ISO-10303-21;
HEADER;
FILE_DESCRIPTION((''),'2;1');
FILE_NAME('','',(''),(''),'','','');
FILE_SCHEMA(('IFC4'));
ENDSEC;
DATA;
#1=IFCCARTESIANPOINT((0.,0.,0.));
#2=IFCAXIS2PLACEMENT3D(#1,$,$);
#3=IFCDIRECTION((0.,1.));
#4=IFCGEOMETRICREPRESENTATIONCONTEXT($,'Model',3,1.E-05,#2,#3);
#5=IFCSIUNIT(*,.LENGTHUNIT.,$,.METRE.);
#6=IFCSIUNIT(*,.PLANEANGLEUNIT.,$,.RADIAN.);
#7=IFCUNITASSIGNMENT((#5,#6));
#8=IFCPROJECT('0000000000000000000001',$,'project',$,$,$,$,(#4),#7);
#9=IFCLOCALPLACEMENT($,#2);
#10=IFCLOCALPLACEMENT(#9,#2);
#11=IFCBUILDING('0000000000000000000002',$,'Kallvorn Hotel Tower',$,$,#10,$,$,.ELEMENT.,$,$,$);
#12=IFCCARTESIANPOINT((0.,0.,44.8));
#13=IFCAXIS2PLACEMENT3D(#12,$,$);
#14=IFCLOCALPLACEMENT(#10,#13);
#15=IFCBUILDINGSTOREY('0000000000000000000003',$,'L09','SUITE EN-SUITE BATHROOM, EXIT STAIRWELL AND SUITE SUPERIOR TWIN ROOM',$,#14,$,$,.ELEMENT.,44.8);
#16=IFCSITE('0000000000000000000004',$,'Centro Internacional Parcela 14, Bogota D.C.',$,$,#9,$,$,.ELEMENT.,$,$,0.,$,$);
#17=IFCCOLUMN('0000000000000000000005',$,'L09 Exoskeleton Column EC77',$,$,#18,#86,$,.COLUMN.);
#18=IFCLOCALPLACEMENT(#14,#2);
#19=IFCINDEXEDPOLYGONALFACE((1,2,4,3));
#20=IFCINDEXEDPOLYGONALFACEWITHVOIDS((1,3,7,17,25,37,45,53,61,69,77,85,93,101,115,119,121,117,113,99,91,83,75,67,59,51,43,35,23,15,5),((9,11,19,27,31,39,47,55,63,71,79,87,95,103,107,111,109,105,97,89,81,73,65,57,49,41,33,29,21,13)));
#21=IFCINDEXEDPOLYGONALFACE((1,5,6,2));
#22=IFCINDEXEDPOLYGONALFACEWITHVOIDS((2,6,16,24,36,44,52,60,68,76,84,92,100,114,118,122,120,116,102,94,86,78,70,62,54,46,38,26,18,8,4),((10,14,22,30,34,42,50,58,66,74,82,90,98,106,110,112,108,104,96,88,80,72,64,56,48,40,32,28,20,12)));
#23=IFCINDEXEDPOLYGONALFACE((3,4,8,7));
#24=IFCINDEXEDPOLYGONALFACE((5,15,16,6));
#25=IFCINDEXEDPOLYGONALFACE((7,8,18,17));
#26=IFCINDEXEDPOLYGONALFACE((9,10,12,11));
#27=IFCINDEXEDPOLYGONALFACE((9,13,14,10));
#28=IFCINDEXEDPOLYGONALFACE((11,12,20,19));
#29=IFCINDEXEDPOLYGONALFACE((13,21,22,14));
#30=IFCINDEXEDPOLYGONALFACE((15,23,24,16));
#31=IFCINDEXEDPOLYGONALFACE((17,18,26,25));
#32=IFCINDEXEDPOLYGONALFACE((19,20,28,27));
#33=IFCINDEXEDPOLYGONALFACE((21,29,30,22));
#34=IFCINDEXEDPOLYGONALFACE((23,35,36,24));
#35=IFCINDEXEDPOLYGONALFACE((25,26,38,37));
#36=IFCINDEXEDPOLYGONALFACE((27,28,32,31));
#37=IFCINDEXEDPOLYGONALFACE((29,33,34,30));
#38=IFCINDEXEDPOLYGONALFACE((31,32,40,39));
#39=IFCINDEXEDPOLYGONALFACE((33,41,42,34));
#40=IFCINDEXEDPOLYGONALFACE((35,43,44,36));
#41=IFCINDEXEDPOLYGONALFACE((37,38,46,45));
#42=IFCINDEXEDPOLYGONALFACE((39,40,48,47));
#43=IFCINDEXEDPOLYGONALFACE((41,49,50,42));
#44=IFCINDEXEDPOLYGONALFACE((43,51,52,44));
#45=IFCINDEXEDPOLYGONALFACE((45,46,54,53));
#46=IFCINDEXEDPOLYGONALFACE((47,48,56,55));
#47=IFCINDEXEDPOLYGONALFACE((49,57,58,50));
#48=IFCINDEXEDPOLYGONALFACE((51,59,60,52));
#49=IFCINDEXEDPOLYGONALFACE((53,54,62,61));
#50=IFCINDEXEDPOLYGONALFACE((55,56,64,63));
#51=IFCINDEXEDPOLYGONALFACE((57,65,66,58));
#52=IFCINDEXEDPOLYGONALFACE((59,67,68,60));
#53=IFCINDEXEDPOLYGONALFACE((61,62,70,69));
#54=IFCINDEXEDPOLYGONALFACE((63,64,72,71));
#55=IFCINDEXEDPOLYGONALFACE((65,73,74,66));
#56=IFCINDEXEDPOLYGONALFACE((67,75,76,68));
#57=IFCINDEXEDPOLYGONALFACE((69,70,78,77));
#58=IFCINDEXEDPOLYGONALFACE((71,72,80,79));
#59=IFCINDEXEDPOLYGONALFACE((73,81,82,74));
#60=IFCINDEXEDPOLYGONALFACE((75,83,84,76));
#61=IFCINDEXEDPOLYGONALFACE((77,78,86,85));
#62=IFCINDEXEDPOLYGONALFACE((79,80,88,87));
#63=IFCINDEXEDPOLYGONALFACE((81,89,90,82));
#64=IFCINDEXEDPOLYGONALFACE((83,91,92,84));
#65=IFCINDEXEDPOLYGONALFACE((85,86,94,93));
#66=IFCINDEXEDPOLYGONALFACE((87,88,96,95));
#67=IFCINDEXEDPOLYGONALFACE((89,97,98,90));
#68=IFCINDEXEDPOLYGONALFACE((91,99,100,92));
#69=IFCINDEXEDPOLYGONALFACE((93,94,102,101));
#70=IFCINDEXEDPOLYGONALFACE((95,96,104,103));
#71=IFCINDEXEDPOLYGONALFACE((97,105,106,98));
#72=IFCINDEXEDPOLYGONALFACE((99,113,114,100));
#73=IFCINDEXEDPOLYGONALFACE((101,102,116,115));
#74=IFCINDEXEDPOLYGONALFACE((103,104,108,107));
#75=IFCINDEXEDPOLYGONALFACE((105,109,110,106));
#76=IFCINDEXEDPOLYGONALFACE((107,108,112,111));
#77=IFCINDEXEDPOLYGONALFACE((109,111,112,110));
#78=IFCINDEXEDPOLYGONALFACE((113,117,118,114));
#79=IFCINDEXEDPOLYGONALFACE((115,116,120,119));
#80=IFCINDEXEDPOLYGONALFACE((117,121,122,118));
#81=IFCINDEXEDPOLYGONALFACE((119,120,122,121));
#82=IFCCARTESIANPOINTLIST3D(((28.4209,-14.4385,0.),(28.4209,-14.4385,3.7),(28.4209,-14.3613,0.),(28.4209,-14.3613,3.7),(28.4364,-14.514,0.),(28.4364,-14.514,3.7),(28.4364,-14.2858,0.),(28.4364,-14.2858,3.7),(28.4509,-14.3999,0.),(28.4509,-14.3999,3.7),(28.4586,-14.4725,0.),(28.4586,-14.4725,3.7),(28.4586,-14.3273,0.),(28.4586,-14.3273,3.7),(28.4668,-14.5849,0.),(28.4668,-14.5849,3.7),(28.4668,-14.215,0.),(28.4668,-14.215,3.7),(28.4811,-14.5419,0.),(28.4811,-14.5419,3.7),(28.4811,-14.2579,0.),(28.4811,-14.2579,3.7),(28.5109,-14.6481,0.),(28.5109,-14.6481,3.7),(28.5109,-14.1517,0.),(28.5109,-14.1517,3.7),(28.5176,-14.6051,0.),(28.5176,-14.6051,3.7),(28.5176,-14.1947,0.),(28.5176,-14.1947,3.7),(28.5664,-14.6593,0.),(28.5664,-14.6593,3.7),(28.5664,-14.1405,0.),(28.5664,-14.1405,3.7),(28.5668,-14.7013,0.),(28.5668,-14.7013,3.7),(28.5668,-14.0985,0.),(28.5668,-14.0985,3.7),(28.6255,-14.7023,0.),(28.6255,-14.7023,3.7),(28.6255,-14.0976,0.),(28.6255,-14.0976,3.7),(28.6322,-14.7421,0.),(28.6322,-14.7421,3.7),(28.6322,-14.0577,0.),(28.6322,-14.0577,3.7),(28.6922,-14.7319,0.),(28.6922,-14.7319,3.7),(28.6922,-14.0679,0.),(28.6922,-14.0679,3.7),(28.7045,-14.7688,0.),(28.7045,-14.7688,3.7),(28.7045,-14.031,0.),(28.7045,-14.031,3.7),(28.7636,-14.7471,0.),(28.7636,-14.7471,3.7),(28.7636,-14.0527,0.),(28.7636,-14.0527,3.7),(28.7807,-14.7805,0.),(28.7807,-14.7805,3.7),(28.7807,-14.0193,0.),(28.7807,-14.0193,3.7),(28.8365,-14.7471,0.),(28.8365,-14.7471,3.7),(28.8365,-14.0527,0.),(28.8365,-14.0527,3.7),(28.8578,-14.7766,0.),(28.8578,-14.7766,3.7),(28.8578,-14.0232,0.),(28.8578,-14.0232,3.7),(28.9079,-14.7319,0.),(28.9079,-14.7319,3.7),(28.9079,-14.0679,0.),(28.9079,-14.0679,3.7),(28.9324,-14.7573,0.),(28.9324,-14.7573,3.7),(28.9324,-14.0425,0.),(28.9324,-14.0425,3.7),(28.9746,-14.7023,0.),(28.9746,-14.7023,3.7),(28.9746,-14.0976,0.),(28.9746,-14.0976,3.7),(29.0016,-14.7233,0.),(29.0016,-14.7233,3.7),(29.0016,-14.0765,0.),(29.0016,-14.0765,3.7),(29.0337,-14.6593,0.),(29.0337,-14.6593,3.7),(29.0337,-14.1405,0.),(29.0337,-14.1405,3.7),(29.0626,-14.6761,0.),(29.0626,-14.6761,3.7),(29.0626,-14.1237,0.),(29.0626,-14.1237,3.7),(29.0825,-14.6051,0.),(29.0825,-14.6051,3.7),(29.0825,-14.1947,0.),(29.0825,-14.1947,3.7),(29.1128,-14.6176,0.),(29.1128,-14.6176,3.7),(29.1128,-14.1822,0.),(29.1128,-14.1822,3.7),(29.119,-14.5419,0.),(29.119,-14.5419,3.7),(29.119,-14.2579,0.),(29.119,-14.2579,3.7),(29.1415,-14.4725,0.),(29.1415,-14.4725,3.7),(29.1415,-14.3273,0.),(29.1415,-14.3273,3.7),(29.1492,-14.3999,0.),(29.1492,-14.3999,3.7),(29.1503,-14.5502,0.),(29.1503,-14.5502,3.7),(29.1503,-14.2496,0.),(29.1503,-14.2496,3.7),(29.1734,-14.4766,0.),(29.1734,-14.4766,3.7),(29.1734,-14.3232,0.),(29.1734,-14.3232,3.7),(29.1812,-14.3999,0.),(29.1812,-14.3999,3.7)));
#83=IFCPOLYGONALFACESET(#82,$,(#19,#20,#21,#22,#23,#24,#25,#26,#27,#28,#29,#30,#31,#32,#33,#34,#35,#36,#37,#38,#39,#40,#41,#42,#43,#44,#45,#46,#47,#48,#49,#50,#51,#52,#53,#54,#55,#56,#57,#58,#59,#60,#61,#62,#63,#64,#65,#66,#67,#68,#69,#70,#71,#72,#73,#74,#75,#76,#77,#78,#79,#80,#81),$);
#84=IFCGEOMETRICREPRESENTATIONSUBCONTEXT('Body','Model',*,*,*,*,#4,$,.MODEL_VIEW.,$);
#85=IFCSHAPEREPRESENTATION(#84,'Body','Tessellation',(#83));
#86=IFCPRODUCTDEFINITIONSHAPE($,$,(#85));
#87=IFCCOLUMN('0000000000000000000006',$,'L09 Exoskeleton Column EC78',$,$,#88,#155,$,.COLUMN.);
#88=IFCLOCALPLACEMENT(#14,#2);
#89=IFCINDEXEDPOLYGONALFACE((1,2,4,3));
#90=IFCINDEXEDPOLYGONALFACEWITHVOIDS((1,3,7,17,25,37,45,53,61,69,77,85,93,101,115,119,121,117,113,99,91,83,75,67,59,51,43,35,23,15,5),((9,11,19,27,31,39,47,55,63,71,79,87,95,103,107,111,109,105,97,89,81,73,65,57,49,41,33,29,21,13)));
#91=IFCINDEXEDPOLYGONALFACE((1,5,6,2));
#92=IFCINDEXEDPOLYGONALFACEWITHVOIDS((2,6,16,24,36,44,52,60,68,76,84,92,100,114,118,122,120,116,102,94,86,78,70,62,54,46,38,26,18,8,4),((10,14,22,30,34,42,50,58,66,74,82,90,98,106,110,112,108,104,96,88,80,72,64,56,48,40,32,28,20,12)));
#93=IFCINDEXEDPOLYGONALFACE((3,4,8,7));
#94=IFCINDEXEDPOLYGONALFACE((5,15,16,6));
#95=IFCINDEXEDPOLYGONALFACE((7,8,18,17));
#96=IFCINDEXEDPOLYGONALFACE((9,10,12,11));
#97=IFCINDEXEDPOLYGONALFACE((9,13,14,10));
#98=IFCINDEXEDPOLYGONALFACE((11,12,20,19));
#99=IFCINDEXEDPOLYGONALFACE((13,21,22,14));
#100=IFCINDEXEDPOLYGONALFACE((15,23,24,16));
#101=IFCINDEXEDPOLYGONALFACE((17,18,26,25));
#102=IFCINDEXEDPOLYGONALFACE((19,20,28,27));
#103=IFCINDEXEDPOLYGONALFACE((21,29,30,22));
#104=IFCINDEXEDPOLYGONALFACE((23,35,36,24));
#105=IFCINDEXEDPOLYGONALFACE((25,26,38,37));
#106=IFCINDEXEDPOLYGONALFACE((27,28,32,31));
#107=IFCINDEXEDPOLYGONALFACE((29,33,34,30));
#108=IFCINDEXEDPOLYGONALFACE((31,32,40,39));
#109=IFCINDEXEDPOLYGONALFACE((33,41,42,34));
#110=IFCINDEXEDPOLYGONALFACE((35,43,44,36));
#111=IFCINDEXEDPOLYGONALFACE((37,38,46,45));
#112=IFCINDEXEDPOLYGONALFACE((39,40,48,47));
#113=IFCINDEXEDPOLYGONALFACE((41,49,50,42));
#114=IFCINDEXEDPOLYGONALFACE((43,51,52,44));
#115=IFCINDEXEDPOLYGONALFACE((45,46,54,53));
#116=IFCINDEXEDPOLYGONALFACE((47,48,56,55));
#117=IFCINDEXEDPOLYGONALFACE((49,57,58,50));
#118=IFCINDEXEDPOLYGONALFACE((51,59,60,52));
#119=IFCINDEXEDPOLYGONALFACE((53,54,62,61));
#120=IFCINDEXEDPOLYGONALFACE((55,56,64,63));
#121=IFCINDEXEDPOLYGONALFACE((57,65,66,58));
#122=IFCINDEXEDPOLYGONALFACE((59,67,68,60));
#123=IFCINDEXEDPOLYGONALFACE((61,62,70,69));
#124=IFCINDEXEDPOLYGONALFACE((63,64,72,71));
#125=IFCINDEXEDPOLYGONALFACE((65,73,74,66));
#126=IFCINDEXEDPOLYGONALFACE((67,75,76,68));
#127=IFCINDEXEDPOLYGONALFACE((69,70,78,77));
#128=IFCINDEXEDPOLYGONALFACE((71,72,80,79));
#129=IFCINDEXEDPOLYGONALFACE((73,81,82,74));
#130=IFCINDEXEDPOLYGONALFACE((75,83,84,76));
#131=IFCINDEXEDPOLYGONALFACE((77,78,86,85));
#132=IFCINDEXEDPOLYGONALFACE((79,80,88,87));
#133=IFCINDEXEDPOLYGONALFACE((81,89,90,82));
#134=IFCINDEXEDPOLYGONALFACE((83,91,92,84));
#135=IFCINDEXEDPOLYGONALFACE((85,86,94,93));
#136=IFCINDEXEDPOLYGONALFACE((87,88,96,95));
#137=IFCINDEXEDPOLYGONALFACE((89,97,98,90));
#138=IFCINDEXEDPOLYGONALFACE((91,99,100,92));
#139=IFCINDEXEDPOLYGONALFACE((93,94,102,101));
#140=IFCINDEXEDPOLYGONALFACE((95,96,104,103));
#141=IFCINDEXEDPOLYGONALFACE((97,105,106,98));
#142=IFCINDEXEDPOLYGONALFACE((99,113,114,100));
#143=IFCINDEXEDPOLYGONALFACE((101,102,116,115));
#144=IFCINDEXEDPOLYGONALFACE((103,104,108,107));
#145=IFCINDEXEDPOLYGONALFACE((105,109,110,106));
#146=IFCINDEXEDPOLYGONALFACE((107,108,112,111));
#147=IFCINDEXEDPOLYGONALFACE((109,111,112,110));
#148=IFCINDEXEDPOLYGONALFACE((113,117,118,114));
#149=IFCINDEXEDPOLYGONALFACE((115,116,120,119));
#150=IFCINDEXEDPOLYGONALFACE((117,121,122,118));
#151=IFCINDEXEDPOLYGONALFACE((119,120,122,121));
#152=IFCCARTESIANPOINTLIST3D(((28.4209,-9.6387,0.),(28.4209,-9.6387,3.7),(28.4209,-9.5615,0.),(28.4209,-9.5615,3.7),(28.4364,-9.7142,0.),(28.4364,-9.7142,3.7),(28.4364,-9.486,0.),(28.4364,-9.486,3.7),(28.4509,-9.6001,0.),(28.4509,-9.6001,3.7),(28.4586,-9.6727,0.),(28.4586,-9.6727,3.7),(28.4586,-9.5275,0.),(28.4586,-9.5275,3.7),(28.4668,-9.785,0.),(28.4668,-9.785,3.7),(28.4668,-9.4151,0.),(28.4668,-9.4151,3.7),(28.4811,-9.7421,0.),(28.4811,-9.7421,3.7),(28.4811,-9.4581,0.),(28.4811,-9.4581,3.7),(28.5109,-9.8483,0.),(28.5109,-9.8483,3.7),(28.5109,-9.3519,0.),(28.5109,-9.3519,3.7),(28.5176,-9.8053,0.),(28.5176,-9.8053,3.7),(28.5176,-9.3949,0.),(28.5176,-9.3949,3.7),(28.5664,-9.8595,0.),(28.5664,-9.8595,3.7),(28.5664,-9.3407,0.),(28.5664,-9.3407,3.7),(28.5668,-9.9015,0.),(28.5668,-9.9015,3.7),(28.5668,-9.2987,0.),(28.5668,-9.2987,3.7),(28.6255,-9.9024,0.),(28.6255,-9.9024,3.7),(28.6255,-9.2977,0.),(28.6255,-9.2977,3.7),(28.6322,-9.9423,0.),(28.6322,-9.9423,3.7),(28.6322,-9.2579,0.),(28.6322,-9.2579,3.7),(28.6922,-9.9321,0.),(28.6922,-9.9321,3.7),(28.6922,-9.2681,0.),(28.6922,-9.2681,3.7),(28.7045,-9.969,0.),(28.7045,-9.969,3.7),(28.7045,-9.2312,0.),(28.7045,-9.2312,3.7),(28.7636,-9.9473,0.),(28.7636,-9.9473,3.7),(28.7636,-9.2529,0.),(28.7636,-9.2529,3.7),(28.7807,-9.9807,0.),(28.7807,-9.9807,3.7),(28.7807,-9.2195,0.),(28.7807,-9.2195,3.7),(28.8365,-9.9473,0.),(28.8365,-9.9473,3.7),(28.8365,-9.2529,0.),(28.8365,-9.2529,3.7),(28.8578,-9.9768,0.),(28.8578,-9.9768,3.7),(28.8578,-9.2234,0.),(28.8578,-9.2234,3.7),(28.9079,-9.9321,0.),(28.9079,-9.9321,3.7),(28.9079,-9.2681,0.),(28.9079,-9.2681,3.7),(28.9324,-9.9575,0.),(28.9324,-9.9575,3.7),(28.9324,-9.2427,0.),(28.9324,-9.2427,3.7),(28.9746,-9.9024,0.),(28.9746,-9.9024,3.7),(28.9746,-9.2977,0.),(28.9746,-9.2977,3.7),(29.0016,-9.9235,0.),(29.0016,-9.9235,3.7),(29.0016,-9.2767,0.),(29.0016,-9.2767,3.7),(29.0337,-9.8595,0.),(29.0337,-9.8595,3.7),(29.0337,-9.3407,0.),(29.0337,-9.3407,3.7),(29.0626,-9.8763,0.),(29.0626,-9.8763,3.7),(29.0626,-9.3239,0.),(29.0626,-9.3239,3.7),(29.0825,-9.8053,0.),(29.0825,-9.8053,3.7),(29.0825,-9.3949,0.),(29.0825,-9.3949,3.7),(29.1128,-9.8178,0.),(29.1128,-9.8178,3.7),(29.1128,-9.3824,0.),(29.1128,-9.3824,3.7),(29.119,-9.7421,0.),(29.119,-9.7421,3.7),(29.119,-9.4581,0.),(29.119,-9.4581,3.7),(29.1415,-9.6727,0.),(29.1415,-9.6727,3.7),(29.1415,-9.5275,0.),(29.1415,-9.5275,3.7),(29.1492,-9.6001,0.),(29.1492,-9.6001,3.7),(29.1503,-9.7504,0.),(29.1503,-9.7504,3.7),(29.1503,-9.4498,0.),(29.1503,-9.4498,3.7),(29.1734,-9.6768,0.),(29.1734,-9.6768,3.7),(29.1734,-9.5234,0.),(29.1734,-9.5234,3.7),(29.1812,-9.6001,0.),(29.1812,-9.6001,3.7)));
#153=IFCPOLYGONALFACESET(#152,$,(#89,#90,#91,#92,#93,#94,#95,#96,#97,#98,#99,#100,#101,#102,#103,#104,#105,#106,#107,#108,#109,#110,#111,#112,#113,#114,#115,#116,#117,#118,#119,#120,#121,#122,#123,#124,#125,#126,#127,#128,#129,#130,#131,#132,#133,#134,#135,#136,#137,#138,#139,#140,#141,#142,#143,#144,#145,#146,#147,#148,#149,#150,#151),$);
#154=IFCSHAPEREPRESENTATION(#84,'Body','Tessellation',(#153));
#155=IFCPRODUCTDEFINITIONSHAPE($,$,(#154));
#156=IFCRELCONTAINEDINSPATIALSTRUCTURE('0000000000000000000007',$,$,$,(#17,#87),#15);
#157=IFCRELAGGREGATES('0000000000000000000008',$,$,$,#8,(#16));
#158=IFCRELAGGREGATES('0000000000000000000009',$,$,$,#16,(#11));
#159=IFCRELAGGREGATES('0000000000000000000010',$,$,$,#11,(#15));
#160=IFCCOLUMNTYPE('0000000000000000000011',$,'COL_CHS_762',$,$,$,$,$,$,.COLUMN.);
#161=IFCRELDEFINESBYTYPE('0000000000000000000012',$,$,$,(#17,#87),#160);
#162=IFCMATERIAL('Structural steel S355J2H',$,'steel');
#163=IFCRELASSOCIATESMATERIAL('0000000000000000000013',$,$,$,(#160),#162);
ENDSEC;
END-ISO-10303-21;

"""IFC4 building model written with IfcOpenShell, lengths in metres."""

from ifc_helpers import new_model, si_unit, direction, frame, origin, origin_2d, place, context, subcontext, project, spatial, hollow_circle, extrude, material, material_profile, profile_set, type_object, element, save


model = new_model("IFC4")

# Units and contexts
model_context = context("Model", 3, precision=1e-05, world=origin(), true_north=direction((0.0, 1.0)))
body_context = subcontext(model_context, "Body", "Model", "MODEL_VIEW")
ifc_project = project(units=[si_unit("LENGTHUNIT", "METRE"), si_unit("PLANEANGLEUNIT", "RADIAN")], contexts=[model_context])

# Site, building, storey
site_placement = place(None, origin())
site = spatial("IfcSite", under=ifc_project, at=site_placement, Name="Centro Internacional Parcela 14, Bogota D.C.", CompositionType="ELEMENT", RefElevation=0.0)
building_placement = place(site_placement, origin())
building = spatial("IfcBuilding", under=site, at=building_placement, Name="Kallvorn Hotel Tower", CompositionType="ELEMENT")
storey_placement = place(building_placement, frame((0.0, 0.0, 44.8)))
storey = spatial("IfcBuildingStorey", under=building, at=storey_placement, Name="L09", Description="SUITE EN-SUITE BATHROOM, EXIT STAIRWELL AND SUITE SUPERIOR TWIN ROOM", CompositionType="ELEMENT", Elevation=44.8)

# Columns
ifc_material_1 = material(Name="Structural steel S355J2H", Category="steel")
ifc_material_profile_1 = material_profile(ifc_material_1, hollow_circle(Radius=0.3811, WallThickness=0.032, at=origin_2d()), Name="CHS 762x32")
ifc_profile_set_1 = profile_set([ifc_material_profile_1], Name="Structural steel S355J2H")
column_type_1 = type_object("IfcColumnType", Name="COL_CHS_762", PredefinedType="COLUMN", material=ifc_profile_set_1)
for number, where, z_axis, x_axis, name in (
    (1, (28.8, -14.3999, 0.0), (0.0, 0.0, 1.0), (1.0, 0.0, 0.0), "L09 Exoskeleton Column EC77"),
    (2, (28.8, -9.6001, 0.0), (0.0, 0.0, 1.0), (1.0, 0.0, 0.0), "L09 Exoskeleton Column EC78"),
):
    element("IfcColumn", number, at=place(storey_placement, frame(where, z_axis=z_axis, x_axis=x_axis)), inside=storey, type_object=column_type_1, Name=name, PredefinedType="COLUMN", context=body_context, shape_type="SweptSolid", body=[
        extrude(hollow_circle(Radius=0.3811, WallThickness=0.032, at=origin_2d()), origin(), (0.0, 0.0, 1.0), 3.7),
    ])

save(model, "model.ifc")
